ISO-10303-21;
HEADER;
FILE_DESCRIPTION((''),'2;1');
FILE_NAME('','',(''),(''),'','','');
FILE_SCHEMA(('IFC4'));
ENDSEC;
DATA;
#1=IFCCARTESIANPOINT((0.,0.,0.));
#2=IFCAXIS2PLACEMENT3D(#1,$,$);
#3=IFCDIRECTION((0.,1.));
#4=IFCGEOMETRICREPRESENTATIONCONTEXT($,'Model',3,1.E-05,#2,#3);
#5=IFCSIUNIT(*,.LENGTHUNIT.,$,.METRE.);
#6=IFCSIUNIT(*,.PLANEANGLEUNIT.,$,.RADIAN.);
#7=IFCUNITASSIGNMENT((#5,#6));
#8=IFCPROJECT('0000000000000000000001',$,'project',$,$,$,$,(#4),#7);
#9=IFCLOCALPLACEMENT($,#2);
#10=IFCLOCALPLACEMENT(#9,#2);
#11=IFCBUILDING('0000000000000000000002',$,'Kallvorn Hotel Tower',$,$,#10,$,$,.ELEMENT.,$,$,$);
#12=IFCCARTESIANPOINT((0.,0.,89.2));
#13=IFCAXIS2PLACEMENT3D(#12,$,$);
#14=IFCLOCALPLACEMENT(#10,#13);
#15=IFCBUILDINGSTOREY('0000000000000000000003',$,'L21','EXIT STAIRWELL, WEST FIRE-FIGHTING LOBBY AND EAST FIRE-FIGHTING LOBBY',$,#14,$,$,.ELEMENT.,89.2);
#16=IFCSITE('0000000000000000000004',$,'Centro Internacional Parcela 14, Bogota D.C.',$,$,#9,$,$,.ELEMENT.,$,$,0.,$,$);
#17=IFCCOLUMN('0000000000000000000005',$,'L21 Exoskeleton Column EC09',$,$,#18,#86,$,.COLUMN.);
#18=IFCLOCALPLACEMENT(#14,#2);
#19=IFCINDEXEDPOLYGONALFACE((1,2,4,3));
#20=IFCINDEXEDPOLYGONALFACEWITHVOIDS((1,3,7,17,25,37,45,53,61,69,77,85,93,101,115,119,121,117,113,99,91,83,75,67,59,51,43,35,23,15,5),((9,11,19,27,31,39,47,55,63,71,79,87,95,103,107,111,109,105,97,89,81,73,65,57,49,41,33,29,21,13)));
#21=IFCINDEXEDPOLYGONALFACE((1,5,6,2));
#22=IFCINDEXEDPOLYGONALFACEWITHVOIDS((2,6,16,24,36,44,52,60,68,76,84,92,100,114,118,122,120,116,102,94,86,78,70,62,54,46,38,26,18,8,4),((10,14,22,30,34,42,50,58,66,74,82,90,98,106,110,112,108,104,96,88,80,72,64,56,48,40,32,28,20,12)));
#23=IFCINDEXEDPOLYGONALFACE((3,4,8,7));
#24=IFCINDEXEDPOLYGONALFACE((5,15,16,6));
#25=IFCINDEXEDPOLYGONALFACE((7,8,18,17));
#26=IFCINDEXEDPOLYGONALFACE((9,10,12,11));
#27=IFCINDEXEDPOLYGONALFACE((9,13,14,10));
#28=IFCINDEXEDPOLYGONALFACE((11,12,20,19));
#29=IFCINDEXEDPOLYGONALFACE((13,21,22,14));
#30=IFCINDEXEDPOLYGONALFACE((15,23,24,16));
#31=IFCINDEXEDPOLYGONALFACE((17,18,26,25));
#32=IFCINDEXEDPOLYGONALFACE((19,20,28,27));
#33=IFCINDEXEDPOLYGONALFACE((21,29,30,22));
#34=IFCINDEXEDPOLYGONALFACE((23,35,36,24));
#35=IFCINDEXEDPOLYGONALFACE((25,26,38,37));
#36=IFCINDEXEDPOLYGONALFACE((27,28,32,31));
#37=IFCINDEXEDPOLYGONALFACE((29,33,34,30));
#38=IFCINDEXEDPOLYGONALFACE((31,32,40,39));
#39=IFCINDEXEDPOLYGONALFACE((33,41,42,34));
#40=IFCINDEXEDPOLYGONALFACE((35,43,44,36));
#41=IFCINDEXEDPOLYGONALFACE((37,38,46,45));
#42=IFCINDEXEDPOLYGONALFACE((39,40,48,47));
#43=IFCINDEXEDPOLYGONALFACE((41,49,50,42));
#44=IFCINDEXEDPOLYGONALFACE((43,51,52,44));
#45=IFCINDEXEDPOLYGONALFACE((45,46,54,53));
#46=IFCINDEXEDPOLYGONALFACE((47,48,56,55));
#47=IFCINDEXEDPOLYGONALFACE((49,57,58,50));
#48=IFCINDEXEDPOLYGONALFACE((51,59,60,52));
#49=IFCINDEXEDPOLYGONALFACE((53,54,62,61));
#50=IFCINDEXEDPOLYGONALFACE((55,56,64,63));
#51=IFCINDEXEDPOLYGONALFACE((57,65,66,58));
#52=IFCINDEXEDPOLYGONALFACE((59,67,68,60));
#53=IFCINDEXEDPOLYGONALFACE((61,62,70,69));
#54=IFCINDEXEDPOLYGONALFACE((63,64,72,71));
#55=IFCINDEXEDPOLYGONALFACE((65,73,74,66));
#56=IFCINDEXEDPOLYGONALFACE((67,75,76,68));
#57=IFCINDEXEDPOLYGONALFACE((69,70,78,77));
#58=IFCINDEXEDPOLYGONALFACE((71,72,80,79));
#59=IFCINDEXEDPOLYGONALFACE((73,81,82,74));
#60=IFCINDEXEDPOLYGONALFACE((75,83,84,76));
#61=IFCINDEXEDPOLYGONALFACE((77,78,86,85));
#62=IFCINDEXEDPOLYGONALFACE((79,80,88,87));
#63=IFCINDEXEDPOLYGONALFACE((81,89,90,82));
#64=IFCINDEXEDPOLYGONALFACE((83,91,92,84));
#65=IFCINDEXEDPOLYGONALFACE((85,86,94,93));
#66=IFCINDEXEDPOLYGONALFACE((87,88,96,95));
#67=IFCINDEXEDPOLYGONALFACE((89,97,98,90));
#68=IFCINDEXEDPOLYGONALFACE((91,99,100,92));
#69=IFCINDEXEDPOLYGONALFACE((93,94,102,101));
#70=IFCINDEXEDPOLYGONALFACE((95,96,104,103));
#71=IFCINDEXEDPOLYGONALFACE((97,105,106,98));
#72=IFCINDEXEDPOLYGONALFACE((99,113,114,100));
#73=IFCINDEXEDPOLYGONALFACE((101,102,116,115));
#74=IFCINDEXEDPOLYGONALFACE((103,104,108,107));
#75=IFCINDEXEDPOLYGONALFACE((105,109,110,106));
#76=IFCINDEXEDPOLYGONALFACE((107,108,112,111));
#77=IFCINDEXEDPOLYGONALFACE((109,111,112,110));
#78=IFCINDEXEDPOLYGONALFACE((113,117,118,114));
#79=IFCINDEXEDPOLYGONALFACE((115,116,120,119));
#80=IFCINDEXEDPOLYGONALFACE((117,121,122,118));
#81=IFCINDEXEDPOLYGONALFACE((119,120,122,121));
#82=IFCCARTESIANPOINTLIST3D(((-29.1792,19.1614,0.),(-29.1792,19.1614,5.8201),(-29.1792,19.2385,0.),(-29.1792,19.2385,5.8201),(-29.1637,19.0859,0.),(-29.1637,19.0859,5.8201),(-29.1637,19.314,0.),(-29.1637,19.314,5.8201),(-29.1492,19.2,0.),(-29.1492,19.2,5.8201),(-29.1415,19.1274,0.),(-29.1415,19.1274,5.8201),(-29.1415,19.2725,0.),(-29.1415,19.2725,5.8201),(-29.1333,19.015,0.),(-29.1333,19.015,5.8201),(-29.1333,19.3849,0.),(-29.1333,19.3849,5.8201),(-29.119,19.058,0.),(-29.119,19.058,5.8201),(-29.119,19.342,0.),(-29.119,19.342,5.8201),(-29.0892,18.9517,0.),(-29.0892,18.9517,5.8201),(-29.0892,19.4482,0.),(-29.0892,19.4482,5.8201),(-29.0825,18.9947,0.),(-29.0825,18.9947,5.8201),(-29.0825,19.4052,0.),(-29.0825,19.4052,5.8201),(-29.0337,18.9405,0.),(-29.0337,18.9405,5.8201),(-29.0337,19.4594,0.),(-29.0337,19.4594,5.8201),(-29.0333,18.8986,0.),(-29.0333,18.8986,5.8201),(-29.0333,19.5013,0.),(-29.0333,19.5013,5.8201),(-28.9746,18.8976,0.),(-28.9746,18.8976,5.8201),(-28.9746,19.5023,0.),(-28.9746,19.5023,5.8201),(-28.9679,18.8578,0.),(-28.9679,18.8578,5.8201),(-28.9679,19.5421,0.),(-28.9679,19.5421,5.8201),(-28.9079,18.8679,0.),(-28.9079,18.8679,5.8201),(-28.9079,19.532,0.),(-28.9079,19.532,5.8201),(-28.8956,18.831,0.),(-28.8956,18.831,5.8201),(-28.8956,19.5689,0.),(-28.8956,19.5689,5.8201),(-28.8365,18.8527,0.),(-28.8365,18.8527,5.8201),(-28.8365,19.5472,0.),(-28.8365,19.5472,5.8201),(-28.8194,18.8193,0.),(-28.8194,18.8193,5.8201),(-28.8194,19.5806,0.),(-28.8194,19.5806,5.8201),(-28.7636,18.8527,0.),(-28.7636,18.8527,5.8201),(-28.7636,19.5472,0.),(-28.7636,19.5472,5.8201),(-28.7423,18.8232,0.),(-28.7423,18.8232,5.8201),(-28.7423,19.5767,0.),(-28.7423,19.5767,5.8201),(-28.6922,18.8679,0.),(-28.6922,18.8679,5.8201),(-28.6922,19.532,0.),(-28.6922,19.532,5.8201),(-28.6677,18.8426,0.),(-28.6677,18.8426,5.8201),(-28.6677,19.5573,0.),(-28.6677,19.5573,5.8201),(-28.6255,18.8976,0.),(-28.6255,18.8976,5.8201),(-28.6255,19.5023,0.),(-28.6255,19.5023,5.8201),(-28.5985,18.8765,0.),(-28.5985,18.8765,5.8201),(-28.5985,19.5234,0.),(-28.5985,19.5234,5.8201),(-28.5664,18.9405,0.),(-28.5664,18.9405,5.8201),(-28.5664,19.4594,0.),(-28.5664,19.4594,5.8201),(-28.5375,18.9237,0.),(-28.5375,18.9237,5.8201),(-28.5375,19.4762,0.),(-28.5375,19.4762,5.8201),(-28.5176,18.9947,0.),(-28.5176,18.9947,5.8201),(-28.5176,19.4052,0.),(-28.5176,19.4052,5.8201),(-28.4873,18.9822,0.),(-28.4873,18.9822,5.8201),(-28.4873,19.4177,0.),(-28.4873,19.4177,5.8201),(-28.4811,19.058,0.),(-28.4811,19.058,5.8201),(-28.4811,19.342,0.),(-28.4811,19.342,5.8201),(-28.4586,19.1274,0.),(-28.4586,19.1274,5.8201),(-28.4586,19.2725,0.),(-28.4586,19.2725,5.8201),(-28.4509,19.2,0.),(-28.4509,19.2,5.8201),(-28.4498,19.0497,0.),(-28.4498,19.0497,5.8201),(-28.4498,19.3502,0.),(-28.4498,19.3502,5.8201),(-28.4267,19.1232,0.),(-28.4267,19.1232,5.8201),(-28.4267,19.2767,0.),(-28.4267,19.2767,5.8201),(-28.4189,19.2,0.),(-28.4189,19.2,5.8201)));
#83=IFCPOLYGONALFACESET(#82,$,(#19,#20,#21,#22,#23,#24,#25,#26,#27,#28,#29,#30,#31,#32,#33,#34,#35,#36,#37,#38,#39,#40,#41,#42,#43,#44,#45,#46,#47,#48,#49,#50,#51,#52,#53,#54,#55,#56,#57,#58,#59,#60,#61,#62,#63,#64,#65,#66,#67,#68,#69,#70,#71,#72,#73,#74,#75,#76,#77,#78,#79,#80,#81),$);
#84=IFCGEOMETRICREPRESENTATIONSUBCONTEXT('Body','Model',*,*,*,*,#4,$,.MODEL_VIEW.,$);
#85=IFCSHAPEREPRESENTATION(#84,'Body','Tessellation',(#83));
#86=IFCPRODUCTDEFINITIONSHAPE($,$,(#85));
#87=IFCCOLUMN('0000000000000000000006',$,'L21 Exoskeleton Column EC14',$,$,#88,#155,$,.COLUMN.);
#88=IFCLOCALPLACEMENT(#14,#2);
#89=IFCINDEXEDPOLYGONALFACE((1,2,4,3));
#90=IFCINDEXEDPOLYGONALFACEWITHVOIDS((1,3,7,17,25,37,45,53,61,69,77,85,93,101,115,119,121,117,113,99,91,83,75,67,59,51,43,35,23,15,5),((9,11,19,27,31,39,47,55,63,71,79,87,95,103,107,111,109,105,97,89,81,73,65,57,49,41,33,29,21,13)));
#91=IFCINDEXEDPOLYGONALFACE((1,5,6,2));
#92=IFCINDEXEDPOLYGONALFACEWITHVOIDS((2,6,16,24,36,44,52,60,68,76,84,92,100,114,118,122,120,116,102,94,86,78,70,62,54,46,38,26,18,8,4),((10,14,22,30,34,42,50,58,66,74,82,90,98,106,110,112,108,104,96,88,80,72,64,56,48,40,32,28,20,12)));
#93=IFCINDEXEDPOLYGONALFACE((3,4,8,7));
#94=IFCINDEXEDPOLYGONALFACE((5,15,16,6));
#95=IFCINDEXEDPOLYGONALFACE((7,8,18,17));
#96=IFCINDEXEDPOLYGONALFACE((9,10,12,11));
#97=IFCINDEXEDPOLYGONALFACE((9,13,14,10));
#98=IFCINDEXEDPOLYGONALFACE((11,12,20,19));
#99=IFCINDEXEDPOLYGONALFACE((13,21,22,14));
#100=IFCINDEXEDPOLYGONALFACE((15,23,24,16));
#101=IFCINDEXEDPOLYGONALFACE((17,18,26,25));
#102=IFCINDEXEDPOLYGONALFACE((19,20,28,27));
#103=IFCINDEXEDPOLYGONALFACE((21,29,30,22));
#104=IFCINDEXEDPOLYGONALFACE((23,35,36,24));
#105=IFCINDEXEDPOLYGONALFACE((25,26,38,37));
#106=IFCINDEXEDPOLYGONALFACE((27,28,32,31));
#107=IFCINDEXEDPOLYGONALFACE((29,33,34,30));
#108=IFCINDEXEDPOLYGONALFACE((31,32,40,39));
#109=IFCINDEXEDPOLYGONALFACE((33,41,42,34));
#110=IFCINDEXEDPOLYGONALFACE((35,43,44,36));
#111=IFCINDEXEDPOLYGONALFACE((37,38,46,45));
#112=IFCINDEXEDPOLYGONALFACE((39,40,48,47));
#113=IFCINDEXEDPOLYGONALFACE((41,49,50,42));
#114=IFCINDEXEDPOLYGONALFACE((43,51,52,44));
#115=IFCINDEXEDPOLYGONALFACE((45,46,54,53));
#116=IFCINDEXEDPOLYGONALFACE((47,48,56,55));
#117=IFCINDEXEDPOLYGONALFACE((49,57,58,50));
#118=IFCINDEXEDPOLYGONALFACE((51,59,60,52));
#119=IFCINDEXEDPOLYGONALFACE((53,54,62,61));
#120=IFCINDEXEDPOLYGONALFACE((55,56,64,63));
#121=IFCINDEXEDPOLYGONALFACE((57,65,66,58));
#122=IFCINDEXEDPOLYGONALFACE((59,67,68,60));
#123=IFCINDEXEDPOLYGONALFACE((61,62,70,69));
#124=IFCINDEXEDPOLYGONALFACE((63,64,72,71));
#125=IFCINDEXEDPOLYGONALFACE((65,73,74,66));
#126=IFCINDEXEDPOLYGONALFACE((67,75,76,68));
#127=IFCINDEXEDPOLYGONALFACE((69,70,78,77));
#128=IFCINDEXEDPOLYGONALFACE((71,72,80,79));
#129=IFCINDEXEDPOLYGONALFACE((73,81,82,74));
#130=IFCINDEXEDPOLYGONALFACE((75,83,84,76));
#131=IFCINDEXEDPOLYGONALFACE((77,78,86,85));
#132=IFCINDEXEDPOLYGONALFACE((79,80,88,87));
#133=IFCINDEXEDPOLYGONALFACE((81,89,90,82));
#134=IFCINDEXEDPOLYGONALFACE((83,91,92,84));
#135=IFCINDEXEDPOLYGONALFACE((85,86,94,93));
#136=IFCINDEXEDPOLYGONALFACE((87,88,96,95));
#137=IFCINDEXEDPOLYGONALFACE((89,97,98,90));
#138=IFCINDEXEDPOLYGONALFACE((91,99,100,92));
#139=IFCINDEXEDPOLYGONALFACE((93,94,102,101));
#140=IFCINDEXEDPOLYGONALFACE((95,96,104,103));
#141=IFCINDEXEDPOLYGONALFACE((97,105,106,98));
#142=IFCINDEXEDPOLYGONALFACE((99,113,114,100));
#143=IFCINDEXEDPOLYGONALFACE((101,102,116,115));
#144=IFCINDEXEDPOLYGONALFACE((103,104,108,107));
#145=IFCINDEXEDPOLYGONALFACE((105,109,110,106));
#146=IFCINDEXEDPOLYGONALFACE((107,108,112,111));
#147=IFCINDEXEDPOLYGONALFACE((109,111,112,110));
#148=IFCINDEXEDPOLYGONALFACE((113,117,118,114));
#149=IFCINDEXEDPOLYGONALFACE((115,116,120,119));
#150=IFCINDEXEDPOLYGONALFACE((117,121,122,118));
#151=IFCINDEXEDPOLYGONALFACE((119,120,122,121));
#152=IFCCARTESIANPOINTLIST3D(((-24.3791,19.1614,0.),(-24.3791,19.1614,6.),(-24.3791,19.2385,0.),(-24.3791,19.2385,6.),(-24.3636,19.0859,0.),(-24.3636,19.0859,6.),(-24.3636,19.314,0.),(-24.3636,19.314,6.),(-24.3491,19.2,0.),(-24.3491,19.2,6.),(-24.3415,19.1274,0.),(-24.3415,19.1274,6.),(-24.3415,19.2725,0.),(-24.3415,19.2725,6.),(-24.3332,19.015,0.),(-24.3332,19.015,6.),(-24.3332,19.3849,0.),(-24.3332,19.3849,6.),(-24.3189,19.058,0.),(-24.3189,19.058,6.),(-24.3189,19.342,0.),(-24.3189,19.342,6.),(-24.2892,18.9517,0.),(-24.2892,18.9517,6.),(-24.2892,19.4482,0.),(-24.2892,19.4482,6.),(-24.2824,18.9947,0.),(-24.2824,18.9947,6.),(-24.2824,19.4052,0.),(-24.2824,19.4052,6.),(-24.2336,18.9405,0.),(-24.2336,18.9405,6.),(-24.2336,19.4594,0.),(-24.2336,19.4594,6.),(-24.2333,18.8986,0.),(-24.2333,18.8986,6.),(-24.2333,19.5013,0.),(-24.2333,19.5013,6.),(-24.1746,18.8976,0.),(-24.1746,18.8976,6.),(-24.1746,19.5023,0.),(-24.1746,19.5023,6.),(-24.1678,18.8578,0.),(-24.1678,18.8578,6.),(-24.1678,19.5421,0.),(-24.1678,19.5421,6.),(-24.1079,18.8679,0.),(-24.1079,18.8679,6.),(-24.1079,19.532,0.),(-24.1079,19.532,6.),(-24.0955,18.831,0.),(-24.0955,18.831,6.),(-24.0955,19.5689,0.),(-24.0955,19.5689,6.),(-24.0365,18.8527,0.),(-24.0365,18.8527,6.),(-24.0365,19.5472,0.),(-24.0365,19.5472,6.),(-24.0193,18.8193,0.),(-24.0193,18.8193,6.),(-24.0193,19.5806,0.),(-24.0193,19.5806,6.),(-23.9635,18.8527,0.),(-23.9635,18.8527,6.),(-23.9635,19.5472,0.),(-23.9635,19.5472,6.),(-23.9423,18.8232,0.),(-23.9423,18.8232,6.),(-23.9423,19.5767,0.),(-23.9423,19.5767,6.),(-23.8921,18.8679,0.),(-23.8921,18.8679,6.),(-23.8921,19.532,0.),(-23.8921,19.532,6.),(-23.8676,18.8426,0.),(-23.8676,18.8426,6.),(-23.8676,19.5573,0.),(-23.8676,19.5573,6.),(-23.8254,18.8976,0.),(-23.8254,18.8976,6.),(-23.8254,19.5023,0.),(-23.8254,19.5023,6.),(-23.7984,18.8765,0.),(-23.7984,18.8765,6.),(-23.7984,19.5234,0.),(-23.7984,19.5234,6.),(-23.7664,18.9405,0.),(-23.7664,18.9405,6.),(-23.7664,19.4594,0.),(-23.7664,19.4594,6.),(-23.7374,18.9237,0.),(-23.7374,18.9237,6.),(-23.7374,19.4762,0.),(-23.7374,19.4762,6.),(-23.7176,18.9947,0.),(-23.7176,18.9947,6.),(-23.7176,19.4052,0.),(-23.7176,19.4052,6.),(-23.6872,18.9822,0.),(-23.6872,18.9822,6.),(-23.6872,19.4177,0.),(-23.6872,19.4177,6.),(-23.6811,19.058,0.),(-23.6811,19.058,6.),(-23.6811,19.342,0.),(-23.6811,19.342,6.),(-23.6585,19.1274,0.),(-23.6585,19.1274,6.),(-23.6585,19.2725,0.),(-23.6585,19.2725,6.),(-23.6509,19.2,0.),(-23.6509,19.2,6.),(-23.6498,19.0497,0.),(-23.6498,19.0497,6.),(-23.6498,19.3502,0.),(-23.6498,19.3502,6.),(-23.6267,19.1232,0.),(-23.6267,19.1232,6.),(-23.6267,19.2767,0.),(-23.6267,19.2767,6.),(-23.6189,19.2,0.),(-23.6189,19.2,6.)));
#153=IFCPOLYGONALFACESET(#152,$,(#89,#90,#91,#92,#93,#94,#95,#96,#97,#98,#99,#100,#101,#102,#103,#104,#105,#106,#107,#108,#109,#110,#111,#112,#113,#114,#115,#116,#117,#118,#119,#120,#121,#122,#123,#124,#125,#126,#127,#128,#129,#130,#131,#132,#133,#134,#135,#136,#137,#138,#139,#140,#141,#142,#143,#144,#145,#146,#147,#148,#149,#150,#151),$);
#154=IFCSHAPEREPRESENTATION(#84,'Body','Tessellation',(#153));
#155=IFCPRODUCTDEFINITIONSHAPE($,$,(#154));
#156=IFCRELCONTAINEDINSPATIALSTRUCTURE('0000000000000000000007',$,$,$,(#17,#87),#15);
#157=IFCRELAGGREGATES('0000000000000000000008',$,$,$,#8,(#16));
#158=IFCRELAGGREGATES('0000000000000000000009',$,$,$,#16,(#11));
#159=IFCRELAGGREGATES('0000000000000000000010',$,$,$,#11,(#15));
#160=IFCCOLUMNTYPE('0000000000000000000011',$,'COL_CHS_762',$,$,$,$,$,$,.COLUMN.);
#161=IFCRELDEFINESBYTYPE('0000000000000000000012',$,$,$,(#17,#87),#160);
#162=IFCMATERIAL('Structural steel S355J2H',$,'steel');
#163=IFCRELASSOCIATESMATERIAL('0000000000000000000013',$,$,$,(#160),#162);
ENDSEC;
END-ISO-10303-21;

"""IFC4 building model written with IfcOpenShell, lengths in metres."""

from ifc_helpers import new_model, si_unit, direction, frame, origin, origin_2d, place, context, subcontext, project, spatial, hollow_circle, extrude, material, material_profile, profile_set, type_object, element, save


model = new_model("IFC4")

# Units and contexts
model_context = context("Model", 3, precision=1e-05, world=origin(), true_north=direction((0.0, 1.0)))
body_context = subcontext(model_context, "Body", "Model", "MODEL_VIEW")
ifc_project = project(units=[si_unit("LENGTHUNIT", "METRE"), si_unit("PLANEANGLEUNIT", "RADIAN")], contexts=[model_context])

# Site, building, storey
site_placement = place(None, origin())
site = spatial("IfcSite", under=ifc_project, at=site_placement, Name="Centro Internacional Parcela 14, Bogota D.C.", CompositionType="ELEMENT", RefElevation=0.0)
building_placement = place(site_placement, origin())
building = spatial("IfcBuilding", under=site, at=building_placement, Name="Kallvorn Hotel Tower", CompositionType="ELEMENT")
storey_placement = place(building_placement, frame((0.0, 0.0, 89.2)))
storey = spatial("IfcBuildingStorey", under=building, at=storey_placement, Name="L21", Description="EXIT STAIRWELL, WEST FIRE-FIGHTING LOBBY AND EAST FIRE-FIGHTING LOBBY", CompositionType="ELEMENT", Elevation=89.2)

# Columns
ifc_material_1 = material(Name="Structural steel S355J2H", Category="steel")
ifc_material_profile_1 = material_profile(ifc_material_1, hollow_circle(Radius=0.3811, WallThickness=0.032, at=origin_2d()), Name="CHS 762x32")
ifc_profile_set_1 = profile_set([ifc_material_profile_1], Name="Structural steel S355J2H")
column_type_1 = type_object("IfcColumnType", Name="COL_CHS_762", PredefinedType="COLUMN", material=ifc_profile_set_1)
column_1_placement = place(storey_placement, frame((-28.8, 19.2, 0.0), z_axis=(0.0, 0.0, 1.0), x_axis=(1.0, 0.0, 0.0)))
element("IfcColumn", 1, at=column_1_placement, inside=storey, type_object=column_type_1, Name="L21 Exoskeleton Column EC09", PredefinedType="COLUMN", context=body_context, shape_type="SweptSolid", body=[
    extrude(hollow_circle(Radius=0.3811, WallThickness=0.032, at=origin_2d()), origin(), (0.0, 0.0, 1.0), 5.8201),
])
for number, where, z_axis, x_axis, name in (
    (2, (-24.0, 19.2, 0.0), (0.0, 0.0, 1.0), (1.0, 0.0, 0.0), "L21 Exoskeleton Column EC14"),
):
    element("IfcColumn", number, at=place(storey_placement, frame(where, z_axis=z_axis, x_axis=x_axis)), inside=storey, type_object=column_type_1, Name=name, PredefinedType="COLUMN", context=body_context, shape_type="SweptSolid", body=[
        extrude(hollow_circle(Radius=0.3811, WallThickness=0.032, at=origin_2d()), origin(), (0.0, 0.0, 1.0), 6.0),
    ])

save(model, "model.ifc")
